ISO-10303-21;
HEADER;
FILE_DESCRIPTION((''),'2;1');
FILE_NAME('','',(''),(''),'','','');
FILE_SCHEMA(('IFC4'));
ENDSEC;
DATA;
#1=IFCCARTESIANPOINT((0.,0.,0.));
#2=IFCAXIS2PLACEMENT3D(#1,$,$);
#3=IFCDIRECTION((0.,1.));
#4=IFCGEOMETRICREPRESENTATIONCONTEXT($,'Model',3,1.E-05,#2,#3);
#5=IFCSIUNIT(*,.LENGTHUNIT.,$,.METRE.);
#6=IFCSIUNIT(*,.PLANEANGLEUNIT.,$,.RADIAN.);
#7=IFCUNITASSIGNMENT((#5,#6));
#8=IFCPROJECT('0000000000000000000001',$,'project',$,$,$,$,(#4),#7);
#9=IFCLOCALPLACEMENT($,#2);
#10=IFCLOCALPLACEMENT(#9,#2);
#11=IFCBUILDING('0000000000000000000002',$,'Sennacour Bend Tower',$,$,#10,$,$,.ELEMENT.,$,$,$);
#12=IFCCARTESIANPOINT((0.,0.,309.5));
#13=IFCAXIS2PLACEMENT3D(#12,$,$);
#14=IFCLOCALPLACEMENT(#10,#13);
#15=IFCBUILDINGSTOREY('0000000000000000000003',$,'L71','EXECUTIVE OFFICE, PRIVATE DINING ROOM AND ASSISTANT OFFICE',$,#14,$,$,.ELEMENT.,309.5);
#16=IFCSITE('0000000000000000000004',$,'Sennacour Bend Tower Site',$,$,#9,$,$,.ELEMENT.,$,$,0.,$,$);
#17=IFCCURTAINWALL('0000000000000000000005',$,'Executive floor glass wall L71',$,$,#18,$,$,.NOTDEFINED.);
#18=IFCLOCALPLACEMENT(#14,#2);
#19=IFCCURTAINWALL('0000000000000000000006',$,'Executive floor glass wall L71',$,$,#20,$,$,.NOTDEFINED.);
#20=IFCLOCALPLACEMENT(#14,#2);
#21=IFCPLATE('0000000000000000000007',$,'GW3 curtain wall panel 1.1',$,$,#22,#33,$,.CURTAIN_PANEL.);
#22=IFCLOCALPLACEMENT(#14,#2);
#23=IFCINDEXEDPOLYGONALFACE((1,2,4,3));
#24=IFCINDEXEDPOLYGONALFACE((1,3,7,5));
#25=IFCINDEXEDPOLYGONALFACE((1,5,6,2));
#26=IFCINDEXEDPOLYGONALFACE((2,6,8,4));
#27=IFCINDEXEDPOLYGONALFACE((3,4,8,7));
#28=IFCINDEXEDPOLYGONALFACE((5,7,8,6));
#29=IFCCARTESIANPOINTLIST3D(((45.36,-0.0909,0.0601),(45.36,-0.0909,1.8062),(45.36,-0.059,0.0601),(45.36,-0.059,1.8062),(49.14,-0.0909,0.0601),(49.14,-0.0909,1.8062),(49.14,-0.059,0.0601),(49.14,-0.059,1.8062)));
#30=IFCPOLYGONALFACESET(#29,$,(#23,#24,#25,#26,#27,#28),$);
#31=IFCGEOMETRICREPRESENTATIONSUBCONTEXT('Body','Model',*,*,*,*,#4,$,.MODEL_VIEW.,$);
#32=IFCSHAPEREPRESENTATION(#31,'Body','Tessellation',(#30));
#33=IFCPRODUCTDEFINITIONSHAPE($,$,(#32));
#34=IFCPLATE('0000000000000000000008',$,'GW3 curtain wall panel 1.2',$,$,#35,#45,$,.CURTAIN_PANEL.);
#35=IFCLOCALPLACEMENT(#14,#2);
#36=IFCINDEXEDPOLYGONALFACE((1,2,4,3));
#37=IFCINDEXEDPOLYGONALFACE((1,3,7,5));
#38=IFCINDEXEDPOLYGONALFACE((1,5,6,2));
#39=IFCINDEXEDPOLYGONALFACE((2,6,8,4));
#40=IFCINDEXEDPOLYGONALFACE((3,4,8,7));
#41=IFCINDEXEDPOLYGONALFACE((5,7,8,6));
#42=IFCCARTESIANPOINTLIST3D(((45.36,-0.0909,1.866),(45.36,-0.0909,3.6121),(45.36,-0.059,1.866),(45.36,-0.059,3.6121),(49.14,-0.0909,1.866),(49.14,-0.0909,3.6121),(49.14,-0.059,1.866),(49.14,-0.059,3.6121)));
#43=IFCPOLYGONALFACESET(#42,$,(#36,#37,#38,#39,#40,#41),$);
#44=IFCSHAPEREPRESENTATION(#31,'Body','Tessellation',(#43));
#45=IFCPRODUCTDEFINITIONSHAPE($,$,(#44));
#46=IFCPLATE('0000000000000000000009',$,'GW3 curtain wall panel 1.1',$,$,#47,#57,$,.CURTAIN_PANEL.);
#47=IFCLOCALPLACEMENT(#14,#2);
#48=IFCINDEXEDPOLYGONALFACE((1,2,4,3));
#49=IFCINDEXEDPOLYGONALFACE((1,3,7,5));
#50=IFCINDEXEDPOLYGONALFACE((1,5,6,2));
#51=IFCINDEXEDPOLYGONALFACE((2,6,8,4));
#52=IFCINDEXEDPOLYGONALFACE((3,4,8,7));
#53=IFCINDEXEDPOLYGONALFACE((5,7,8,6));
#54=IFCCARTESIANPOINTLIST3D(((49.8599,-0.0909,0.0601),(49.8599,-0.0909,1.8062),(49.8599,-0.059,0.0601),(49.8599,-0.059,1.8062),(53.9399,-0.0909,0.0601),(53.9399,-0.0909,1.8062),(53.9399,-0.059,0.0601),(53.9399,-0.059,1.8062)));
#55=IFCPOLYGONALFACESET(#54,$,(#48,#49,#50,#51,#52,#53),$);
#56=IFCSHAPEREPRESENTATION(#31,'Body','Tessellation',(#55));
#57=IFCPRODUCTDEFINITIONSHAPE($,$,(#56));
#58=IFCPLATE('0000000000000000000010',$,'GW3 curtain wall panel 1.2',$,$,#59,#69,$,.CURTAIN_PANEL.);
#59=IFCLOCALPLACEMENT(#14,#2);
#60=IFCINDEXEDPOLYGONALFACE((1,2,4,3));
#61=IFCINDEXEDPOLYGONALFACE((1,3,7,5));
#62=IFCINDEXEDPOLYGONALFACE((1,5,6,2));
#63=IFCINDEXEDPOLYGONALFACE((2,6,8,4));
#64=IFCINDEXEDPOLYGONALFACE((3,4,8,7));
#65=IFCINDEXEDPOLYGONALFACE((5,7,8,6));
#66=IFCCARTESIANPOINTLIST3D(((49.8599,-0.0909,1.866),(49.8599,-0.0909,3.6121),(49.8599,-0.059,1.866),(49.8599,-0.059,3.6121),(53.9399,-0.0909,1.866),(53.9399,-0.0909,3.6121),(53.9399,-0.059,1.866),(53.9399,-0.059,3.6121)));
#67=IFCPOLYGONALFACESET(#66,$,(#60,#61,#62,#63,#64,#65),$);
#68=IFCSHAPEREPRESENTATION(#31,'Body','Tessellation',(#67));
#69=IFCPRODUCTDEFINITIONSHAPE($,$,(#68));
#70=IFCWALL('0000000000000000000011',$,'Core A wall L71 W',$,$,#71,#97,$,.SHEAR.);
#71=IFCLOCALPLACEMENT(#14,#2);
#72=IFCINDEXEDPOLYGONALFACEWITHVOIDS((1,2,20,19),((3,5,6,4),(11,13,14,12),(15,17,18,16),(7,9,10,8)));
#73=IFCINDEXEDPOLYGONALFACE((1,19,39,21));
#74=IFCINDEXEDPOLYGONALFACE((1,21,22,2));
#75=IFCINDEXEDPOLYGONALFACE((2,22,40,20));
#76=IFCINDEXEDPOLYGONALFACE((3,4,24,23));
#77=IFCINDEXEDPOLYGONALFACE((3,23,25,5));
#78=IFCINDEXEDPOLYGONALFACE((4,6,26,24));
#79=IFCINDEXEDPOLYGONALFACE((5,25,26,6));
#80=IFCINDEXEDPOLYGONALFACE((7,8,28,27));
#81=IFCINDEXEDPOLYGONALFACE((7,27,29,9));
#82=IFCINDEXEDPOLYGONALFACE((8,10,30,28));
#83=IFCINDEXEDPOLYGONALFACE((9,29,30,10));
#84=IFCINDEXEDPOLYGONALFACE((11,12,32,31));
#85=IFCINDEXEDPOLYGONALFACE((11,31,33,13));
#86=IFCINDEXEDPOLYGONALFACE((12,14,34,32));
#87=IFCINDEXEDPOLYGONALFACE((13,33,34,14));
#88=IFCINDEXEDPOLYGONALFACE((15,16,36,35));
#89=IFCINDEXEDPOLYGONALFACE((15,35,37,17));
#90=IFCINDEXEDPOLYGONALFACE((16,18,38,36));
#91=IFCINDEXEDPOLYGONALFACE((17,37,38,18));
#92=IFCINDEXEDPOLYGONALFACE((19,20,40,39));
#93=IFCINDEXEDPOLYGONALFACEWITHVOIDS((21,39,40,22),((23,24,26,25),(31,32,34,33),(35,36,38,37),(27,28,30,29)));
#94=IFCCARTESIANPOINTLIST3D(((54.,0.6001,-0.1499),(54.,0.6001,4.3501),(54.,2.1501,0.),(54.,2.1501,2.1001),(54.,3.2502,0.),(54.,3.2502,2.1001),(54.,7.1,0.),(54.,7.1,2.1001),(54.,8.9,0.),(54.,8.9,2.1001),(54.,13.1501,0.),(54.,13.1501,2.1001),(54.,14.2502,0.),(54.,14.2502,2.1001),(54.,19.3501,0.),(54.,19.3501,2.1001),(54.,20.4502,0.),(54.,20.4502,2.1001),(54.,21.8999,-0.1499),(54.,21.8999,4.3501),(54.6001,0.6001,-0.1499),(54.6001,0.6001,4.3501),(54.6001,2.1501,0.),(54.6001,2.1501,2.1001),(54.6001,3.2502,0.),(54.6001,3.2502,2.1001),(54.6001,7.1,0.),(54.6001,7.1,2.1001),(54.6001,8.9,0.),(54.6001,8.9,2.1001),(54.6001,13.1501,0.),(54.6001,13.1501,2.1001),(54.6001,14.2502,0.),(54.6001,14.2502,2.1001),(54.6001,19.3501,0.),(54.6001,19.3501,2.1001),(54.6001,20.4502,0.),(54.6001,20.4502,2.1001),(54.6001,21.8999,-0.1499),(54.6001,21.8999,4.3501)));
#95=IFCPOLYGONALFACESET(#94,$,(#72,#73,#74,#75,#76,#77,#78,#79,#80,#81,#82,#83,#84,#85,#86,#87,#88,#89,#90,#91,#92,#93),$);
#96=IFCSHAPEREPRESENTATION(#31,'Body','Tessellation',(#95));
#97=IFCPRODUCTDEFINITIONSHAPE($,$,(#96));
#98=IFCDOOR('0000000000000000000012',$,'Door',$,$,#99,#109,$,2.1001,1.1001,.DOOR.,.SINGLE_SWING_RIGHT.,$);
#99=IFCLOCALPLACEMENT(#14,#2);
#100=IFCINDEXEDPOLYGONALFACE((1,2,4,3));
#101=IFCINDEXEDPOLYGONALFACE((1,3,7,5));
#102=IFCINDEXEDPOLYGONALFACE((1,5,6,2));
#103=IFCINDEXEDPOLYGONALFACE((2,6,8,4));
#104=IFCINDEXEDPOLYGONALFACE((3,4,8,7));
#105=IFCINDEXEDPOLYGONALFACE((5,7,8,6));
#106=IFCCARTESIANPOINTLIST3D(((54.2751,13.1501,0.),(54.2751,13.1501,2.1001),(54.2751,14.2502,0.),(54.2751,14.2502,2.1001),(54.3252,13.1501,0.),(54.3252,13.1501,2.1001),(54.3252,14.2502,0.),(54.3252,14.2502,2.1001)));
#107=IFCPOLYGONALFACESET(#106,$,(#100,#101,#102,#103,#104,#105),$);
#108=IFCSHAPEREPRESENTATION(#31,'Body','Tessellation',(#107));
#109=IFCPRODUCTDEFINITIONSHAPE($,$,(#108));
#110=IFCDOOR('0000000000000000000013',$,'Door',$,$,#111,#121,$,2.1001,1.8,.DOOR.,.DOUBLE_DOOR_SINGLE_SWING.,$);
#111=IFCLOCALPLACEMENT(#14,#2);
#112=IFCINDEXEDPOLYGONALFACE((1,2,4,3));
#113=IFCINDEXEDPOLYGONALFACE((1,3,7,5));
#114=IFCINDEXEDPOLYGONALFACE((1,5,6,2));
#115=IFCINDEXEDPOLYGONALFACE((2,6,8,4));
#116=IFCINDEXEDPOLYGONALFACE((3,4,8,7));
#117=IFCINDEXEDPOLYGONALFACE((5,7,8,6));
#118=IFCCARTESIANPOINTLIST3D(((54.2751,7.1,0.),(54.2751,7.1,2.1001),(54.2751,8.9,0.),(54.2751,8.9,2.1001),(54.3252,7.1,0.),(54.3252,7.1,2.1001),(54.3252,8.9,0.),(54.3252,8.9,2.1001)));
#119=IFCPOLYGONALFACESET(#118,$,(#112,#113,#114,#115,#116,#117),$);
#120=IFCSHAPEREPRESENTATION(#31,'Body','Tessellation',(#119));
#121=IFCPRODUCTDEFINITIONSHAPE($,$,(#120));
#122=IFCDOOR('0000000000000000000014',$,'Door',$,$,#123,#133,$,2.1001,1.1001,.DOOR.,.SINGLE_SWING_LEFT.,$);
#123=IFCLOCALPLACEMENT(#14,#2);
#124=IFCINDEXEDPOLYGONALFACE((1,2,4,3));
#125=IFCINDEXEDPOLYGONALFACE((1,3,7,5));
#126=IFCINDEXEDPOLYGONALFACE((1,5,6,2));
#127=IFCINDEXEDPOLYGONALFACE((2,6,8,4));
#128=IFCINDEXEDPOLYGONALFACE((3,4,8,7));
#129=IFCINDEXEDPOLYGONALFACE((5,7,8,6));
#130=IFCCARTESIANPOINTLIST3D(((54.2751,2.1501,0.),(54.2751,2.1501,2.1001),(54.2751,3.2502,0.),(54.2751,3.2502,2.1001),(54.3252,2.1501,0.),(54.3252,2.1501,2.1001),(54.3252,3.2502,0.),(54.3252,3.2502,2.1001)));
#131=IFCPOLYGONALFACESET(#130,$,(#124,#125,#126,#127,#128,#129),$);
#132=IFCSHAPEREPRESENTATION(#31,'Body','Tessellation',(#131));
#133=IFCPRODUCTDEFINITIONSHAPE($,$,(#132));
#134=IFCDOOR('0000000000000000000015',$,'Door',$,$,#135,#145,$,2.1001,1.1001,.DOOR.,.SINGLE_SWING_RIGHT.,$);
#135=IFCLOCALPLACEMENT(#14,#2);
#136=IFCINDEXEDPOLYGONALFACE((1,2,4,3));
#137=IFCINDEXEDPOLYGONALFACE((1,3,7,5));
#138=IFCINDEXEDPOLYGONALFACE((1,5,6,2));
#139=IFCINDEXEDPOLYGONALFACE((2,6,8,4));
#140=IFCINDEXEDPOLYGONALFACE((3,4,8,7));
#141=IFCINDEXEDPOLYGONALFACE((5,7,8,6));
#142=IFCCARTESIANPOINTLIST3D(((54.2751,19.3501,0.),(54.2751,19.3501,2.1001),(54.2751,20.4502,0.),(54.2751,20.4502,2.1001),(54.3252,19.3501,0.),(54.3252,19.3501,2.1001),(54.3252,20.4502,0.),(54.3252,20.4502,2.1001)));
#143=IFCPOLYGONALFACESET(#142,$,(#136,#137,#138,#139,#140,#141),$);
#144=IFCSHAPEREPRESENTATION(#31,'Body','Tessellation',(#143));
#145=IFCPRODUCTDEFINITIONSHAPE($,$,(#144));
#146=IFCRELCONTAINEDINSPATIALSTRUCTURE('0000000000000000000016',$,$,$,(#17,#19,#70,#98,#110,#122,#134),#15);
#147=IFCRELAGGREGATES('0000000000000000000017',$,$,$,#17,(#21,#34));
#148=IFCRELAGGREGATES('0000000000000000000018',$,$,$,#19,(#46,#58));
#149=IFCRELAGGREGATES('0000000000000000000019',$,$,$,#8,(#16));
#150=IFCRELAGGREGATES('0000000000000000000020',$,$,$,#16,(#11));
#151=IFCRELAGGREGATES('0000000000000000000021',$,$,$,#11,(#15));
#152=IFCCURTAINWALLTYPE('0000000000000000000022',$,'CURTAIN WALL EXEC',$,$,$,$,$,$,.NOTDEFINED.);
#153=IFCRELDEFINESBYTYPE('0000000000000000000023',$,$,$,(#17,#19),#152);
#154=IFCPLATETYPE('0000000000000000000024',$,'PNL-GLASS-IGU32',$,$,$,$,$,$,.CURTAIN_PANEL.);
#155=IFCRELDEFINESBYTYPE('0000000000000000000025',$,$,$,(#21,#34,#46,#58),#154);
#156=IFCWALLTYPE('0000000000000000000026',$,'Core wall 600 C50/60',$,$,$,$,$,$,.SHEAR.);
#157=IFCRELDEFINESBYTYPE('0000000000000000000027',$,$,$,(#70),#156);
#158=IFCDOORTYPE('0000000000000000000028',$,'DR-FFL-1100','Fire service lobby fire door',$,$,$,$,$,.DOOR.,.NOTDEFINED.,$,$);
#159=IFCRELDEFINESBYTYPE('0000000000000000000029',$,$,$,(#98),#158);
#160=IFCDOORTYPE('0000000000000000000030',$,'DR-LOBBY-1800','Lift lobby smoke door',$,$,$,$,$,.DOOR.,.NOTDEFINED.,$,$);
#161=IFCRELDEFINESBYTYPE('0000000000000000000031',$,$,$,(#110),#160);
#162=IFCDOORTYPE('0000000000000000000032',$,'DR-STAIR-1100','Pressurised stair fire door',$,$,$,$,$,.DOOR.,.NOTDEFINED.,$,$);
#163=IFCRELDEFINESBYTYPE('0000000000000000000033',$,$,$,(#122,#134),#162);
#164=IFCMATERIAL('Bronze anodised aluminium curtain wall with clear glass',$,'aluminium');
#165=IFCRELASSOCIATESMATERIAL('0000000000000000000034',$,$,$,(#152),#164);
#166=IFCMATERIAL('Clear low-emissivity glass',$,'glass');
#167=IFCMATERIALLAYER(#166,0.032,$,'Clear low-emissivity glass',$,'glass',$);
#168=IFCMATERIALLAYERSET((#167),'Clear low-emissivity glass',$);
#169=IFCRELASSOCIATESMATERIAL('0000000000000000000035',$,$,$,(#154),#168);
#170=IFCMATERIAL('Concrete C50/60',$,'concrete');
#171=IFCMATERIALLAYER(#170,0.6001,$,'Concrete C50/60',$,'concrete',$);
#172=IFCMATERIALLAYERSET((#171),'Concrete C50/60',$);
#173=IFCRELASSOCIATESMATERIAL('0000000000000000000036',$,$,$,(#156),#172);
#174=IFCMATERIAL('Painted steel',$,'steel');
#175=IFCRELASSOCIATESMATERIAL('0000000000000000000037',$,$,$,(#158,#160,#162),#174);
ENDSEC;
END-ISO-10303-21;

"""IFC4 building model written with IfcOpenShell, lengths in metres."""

from ifc_helpers import new_model, si_unit, direction, frame, frame_2d, origin, origin_2d, place, context, subcontext, project, spatial, rectangle, extrude, material, layer, layer_set, type_object, element, fill, aggregate, save


model = new_model("IFC4")

# Units and contexts
model_context = context("Model", 3, precision=1e-05, world=origin(), true_north=direction((0.0, 1.0)))
body_context = subcontext(model_context, "Body", "Model", "MODEL_VIEW")
ifc_project = project(units=[si_unit("LENGTHUNIT", "METRE"), si_unit("PLANEANGLEUNIT", "RADIAN")], contexts=[model_context])

# Site, building, storey
site_placement = place(None, origin())
site = spatial("IfcSite", under=ifc_project, at=site_placement, Name="Sennacour Bend Tower Site", CompositionType="ELEMENT", RefElevation=0.0)
building_placement = place(site_placement, origin())
building = spatial("IfcBuilding", under=site, at=building_placement, Name="Sennacour Bend Tower", CompositionType="ELEMENT")
storey_placement = place(building_placement, frame((0.0, 0.0, 309.5)))
storey = spatial("IfcBuildingStorey", under=building, at=storey_placement, Name="L71", Description="EXECUTIVE OFFICE, PRIVATE DINING ROOM AND ASSISTANT OFFICE", CompositionType="ELEMENT", Elevation=309.5)

# Curtain wall
ifc_material_1 = material(Name="Bronze anodised aluminium curtain wall with clear glass", Category="aluminium")
curtain_wall_type = type_object("IfcCurtainWallType", Name="CURTAIN WALL EXEC", PredefinedType="NOTDEFINED", material=ifc_material_1)
curtain_wall_1_placement = place(storey_placement, origin())
curtain_wall_1 = element("IfcCurtainWall", 1, at=curtain_wall_1_placement, inside=storey, type_object=curtain_wall_type, Name="Executive floor glass wall L71", PredefinedType="NOTDEFINED")

# Curtain wall
curtain_wall_2_placement = place(storey_placement, origin())
curtain_wall_2 = element("IfcCurtainWall", 2, at=curtain_wall_2_placement, inside=storey, type_object=curtain_wall_type, Name="Executive floor glass wall L71", PredefinedType="NOTDEFINED")

# Plates
ifc_material_2 = material(Name="Clear low-emissivity glass", Category="glass")
ifc_layer_1 = layer(ifc_material_2, 0.032, Name="Clear low-emissivity glass", Category="glass")
ifc_layer_set_1 = layer_set([ifc_layer_1], Name="Clear low-emissivity glass")
plate_type = type_object("IfcPlateType", Name="PNL-GLASS-IGU32", PredefinedType="CURTAIN_PANEL", material=ifc_layer_set_1)
plate_1_placement = place(storey_placement, frame((47.25, -0.075, 0.0601), z_axis=(0.0, 0.0, 1.0), x_axis=(1.0, 0.0, 0.0)))
plate_1 = element("IfcPlate", 3, at=plate_1_placement, type_object=plate_type, Name="GW3 curtain wall panel 1.1", PredefinedType="CURTAIN_PANEL", context=body_context, shape_type="SweptSolid", body=[
    extrude(rectangle(XDim=3.78, YDim=0.032, at=origin_2d()), origin(), (0.0, 0.0, 1.0), 1.7461),
])
plate_2_placement = place(storey_placement, frame((47.25, -0.075, 1.866), z_axis=(0.0, 0.0, 1.0), x_axis=(1.0, 0.0, 0.0)))
plate_2 = element("IfcPlate", 4, at=plate_2_placement, type_object=plate_type, Name="GW3 curtain wall panel 1.2", PredefinedType="CURTAIN_PANEL", context=body_context, shape_type="SweptSolid", body=[
    extrude(rectangle(XDim=3.78, YDim=0.032, at=origin_2d()), origin(), (0.0, 0.0, 1.0), 1.7461),
])
aggregate(curtain_wall_1, [plate_1, plate_2])
plate_3_placement = place(storey_placement, frame((51.8999, -0.075, 0.0601), z_axis=(0.0, 0.0, 1.0), x_axis=(1.0, 0.0, 0.0)))
plate_3 = element("IfcPlate", 5, at=plate_3_placement, type_object=plate_type, Name="GW3 curtain wall panel 1.1", PredefinedType="CURTAIN_PANEL", context=body_context, shape_type="SweptSolid", body=[
    extrude(rectangle(XDim=4.0801, YDim=0.032, at=origin_2d()), origin(), (0.0, 0.0, 1.0), 1.7461),
])
plate_4_placement = place(storey_placement, frame((51.8999, -0.075, 1.866), z_axis=(0.0, 0.0, 1.0), x_axis=(1.0, 0.0, 0.0)))
plate_4 = element("IfcPlate", 6, at=plate_4_placement, type_object=plate_type, Name="GW3 curtain wall panel 1.2", PredefinedType="CURTAIN_PANEL", context=body_context, shape_type="SweptSolid", body=[
    extrude(rectangle(XDim=4.0801, YDim=0.032, at=origin_2d()), origin(), (0.0, 0.0, 1.0), 1.7461),
])
aggregate(curtain_wall_2, [plate_3, plate_4])

# Wall, openings, doors
ifc_material_3 = material(Name="Concrete C50/60", Category="concrete")
ifc_layer_2 = layer(ifc_material_3, 0.6001, Name="Concrete C50/60", Category="concrete")
ifc_layer_set_2 = layer_set([ifc_layer_2], Name="Concrete C50/60")
wall_type_1 = type_object("IfcWallType", Name="Core wall 600 C50/60", PredefinedType="SHEAR", material=ifc_layer_set_2)
wall_1_placement = place(storey_placement, frame((54.3, 0.6001, -0.1499), z_axis=(0.0, 0.0, 1.0), x_axis=(0.0, 1.0, 0.0)))
wall_1 = element("IfcWall", 7, at=wall_1_placement, inside=storey, type_object=wall_type_1, Name="Core A wall L71 W", PredefinedType="SHEAR", context=body_context, shape_type="SweptSolid", body=[
    extrude(rectangle(XDim=21.2998, YDim=0.6001, at=frame_2d((10.6499, 0.0))), origin(), (0.0, 0.0, 1.0), 4.5),
])
opening_1_placement = place(wall_1_placement, frame((6.5, 0.0, 0.1499)))
opening_1 = element("IfcOpeningElement", 8, at=opening_1_placement, cuts=wall_1, PredefinedType="OPENING", context=body_context, shape_type="SweptSolid", body=[
    extrude(rectangle(XDim=1.8, YDim=2.1001, at=frame_2d((0.8999, 1.05))), frame((0.0, 0.3101, 0.0), z_axis=(0.0, -1.0, 0.0), x_axis=(1.0, 0.0, 0.0)), (0.0, 0.0, 1.0), 0.6201),
])
opening_2_placement = place(wall_1_placement, frame((12.55, 0.0, 0.1499)))
opening_2 = element("IfcOpeningElement", 9, at=opening_2_placement, cuts=wall_1, PredefinedType="OPENING", context=body_context, shape_type="SweptSolid", body=[
    extrude(rectangle(XDim=1.1001, YDim=2.1001, at=frame_2d((0.55, 1.05))), frame((0.0, 0.3101, 0.0), z_axis=(0.0, -1.0, 0.0), x_axis=(1.0, 0.0, 0.0)), (0.0, 0.0, 1.0), 0.6201),
])
opening_3_placement = place(wall_1_placement, frame((1.55, 0.0, 0.1499)))
opening_3 = element("IfcOpeningElement", 10, at=opening_3_placement, cuts=wall_1, PredefinedType="OPENING", context=body_context, shape_type="SweptSolid", body=[
    extrude(rectangle(XDim=1.1001, YDim=2.1001, at=frame_2d((0.55, 1.05))), frame((0.0, 0.3101, 0.0), z_axis=(0.0, -1.0, 0.0), x_axis=(1.0, 0.0, 0.0)), (0.0, 0.0, 1.0), 0.6201),
])
opening_4_placement = place(wall_1_placement, frame((18.75, 0.0, 0.1499)))
opening_4 = element("IfcOpeningElement", 11, at=opening_4_placement, cuts=wall_1, PredefinedType="OPENING", context=body_context, shape_type="SweptSolid", body=[
    extrude(rectangle(XDim=1.1001, YDim=2.1001, at=frame_2d((0.55, 1.05))), frame((0.0, 0.3101, 0.0), z_axis=(0.0, -1.0, 0.0), x_axis=(1.0, 0.0, 0.0)), (0.0, 0.0, 1.0), 0.6201),
])
ifc_material_4 = material(Name="Painted steel", Category="steel")
door_type_1 = type_object("IfcDoorType", Name="DR-FFL-1100", Description="Fire service lobby fire door", OperationType="NOTDEFINED", PredefinedType="DOOR", material=ifc_material_4)
door_1_placement = place(opening_2_placement, origin())
door_1 = element("IfcDoor", 12, at=door_1_placement, inside=storey, type_object=door_type_1, Name="Door", OperationType="SINGLE_SWING_RIGHT", OverallHeight=2.1001, OverallWidth=1.1001, PredefinedType="DOOR", context=body_context, shape_type="SweptSolid", body=[
    extrude(rectangle(XDim=1.1001, YDim=2.1001, at=frame_2d((0.55, 1.05))), frame((0.0, 0.0249, 0.0), z_axis=(0.0, -1.0, 0.0), x_axis=(1.0, 0.0, 0.0)), (0.0, 0.0, 1.0), 0.05),
])
fill(opening_2, door_1)
door_type_2 = type_object("IfcDoorType", Name="DR-LOBBY-1800", Description="Lift lobby smoke door", OperationType="NOTDEFINED", PredefinedType="DOOR", material=ifc_material_4)
door_2_placement = place(opening_1_placement, origin())
door_2 = element("IfcDoor", 13, at=door_2_placement, inside=storey, type_object=door_type_2, Name="Door", OperationType="DOUBLE_DOOR_SINGLE_SWING", OverallHeight=2.1001, OverallWidth=1.8, PredefinedType="DOOR", context=body_context, shape_type="SweptSolid", body=[
    extrude(rectangle(XDim=1.8, YDim=2.1001, at=frame_2d((0.8999, 1.05))), frame((0.0, 0.0249, 0.0), z_axis=(0.0, -1.0, 0.0), x_axis=(1.0, 0.0, 0.0)), (0.0, 0.0, 1.0), 0.05),
])
fill(opening_1, door_2)
door_type_3 = type_object("IfcDoorType", Name="DR-STAIR-1100", Description="Pressurised stair fire door", OperationType="NOTDEFINED", PredefinedType="DOOR", material=ifc_material_4)
door_3_placement = place(opening_3_placement, origin())
door_3 = element("IfcDoor", 14, at=door_3_placement, inside=storey, type_object=door_type_3, Name="Door", OperationType="SINGLE_SWING_LEFT", OverallHeight=2.1001, OverallWidth=1.1001, PredefinedType="DOOR", context=body_context, shape_type="SweptSolid", body=[
    extrude(rectangle(XDim=1.1001, YDim=2.1001, at=frame_2d((0.55, 1.05))), frame((0.0, 0.0249, 0.0), z_axis=(0.0, -1.0, 0.0), x_axis=(1.0, 0.0, 0.0)), (0.0, 0.0, 1.0), 0.05),
])
fill(opening_3, door_3)
door_4_placement = place(opening_4_placement, origin())
door_4 = element("IfcDoor", 15, at=door_4_placement, inside=storey, type_object=door_type_3, Name="Door", OperationType="SINGLE_SWING_RIGHT", OverallHeight=2.1001, OverallWidth=1.1001, PredefinedType="DOOR", context=body_context, shape_type="SweptSolid", body=[
    extrude(rectangle(XDim=1.1001, YDim=2.1001, at=frame_2d((0.55, 1.05))), frame((0.0, 0.0249, 0.0), z_axis=(0.0, -1.0, 0.0), x_axis=(1.0, 0.0, 0.0)), (0.0, 0.0, 1.0), 0.05),
])
fill(opening_4, door_4)

save(model, "model.ifc")
